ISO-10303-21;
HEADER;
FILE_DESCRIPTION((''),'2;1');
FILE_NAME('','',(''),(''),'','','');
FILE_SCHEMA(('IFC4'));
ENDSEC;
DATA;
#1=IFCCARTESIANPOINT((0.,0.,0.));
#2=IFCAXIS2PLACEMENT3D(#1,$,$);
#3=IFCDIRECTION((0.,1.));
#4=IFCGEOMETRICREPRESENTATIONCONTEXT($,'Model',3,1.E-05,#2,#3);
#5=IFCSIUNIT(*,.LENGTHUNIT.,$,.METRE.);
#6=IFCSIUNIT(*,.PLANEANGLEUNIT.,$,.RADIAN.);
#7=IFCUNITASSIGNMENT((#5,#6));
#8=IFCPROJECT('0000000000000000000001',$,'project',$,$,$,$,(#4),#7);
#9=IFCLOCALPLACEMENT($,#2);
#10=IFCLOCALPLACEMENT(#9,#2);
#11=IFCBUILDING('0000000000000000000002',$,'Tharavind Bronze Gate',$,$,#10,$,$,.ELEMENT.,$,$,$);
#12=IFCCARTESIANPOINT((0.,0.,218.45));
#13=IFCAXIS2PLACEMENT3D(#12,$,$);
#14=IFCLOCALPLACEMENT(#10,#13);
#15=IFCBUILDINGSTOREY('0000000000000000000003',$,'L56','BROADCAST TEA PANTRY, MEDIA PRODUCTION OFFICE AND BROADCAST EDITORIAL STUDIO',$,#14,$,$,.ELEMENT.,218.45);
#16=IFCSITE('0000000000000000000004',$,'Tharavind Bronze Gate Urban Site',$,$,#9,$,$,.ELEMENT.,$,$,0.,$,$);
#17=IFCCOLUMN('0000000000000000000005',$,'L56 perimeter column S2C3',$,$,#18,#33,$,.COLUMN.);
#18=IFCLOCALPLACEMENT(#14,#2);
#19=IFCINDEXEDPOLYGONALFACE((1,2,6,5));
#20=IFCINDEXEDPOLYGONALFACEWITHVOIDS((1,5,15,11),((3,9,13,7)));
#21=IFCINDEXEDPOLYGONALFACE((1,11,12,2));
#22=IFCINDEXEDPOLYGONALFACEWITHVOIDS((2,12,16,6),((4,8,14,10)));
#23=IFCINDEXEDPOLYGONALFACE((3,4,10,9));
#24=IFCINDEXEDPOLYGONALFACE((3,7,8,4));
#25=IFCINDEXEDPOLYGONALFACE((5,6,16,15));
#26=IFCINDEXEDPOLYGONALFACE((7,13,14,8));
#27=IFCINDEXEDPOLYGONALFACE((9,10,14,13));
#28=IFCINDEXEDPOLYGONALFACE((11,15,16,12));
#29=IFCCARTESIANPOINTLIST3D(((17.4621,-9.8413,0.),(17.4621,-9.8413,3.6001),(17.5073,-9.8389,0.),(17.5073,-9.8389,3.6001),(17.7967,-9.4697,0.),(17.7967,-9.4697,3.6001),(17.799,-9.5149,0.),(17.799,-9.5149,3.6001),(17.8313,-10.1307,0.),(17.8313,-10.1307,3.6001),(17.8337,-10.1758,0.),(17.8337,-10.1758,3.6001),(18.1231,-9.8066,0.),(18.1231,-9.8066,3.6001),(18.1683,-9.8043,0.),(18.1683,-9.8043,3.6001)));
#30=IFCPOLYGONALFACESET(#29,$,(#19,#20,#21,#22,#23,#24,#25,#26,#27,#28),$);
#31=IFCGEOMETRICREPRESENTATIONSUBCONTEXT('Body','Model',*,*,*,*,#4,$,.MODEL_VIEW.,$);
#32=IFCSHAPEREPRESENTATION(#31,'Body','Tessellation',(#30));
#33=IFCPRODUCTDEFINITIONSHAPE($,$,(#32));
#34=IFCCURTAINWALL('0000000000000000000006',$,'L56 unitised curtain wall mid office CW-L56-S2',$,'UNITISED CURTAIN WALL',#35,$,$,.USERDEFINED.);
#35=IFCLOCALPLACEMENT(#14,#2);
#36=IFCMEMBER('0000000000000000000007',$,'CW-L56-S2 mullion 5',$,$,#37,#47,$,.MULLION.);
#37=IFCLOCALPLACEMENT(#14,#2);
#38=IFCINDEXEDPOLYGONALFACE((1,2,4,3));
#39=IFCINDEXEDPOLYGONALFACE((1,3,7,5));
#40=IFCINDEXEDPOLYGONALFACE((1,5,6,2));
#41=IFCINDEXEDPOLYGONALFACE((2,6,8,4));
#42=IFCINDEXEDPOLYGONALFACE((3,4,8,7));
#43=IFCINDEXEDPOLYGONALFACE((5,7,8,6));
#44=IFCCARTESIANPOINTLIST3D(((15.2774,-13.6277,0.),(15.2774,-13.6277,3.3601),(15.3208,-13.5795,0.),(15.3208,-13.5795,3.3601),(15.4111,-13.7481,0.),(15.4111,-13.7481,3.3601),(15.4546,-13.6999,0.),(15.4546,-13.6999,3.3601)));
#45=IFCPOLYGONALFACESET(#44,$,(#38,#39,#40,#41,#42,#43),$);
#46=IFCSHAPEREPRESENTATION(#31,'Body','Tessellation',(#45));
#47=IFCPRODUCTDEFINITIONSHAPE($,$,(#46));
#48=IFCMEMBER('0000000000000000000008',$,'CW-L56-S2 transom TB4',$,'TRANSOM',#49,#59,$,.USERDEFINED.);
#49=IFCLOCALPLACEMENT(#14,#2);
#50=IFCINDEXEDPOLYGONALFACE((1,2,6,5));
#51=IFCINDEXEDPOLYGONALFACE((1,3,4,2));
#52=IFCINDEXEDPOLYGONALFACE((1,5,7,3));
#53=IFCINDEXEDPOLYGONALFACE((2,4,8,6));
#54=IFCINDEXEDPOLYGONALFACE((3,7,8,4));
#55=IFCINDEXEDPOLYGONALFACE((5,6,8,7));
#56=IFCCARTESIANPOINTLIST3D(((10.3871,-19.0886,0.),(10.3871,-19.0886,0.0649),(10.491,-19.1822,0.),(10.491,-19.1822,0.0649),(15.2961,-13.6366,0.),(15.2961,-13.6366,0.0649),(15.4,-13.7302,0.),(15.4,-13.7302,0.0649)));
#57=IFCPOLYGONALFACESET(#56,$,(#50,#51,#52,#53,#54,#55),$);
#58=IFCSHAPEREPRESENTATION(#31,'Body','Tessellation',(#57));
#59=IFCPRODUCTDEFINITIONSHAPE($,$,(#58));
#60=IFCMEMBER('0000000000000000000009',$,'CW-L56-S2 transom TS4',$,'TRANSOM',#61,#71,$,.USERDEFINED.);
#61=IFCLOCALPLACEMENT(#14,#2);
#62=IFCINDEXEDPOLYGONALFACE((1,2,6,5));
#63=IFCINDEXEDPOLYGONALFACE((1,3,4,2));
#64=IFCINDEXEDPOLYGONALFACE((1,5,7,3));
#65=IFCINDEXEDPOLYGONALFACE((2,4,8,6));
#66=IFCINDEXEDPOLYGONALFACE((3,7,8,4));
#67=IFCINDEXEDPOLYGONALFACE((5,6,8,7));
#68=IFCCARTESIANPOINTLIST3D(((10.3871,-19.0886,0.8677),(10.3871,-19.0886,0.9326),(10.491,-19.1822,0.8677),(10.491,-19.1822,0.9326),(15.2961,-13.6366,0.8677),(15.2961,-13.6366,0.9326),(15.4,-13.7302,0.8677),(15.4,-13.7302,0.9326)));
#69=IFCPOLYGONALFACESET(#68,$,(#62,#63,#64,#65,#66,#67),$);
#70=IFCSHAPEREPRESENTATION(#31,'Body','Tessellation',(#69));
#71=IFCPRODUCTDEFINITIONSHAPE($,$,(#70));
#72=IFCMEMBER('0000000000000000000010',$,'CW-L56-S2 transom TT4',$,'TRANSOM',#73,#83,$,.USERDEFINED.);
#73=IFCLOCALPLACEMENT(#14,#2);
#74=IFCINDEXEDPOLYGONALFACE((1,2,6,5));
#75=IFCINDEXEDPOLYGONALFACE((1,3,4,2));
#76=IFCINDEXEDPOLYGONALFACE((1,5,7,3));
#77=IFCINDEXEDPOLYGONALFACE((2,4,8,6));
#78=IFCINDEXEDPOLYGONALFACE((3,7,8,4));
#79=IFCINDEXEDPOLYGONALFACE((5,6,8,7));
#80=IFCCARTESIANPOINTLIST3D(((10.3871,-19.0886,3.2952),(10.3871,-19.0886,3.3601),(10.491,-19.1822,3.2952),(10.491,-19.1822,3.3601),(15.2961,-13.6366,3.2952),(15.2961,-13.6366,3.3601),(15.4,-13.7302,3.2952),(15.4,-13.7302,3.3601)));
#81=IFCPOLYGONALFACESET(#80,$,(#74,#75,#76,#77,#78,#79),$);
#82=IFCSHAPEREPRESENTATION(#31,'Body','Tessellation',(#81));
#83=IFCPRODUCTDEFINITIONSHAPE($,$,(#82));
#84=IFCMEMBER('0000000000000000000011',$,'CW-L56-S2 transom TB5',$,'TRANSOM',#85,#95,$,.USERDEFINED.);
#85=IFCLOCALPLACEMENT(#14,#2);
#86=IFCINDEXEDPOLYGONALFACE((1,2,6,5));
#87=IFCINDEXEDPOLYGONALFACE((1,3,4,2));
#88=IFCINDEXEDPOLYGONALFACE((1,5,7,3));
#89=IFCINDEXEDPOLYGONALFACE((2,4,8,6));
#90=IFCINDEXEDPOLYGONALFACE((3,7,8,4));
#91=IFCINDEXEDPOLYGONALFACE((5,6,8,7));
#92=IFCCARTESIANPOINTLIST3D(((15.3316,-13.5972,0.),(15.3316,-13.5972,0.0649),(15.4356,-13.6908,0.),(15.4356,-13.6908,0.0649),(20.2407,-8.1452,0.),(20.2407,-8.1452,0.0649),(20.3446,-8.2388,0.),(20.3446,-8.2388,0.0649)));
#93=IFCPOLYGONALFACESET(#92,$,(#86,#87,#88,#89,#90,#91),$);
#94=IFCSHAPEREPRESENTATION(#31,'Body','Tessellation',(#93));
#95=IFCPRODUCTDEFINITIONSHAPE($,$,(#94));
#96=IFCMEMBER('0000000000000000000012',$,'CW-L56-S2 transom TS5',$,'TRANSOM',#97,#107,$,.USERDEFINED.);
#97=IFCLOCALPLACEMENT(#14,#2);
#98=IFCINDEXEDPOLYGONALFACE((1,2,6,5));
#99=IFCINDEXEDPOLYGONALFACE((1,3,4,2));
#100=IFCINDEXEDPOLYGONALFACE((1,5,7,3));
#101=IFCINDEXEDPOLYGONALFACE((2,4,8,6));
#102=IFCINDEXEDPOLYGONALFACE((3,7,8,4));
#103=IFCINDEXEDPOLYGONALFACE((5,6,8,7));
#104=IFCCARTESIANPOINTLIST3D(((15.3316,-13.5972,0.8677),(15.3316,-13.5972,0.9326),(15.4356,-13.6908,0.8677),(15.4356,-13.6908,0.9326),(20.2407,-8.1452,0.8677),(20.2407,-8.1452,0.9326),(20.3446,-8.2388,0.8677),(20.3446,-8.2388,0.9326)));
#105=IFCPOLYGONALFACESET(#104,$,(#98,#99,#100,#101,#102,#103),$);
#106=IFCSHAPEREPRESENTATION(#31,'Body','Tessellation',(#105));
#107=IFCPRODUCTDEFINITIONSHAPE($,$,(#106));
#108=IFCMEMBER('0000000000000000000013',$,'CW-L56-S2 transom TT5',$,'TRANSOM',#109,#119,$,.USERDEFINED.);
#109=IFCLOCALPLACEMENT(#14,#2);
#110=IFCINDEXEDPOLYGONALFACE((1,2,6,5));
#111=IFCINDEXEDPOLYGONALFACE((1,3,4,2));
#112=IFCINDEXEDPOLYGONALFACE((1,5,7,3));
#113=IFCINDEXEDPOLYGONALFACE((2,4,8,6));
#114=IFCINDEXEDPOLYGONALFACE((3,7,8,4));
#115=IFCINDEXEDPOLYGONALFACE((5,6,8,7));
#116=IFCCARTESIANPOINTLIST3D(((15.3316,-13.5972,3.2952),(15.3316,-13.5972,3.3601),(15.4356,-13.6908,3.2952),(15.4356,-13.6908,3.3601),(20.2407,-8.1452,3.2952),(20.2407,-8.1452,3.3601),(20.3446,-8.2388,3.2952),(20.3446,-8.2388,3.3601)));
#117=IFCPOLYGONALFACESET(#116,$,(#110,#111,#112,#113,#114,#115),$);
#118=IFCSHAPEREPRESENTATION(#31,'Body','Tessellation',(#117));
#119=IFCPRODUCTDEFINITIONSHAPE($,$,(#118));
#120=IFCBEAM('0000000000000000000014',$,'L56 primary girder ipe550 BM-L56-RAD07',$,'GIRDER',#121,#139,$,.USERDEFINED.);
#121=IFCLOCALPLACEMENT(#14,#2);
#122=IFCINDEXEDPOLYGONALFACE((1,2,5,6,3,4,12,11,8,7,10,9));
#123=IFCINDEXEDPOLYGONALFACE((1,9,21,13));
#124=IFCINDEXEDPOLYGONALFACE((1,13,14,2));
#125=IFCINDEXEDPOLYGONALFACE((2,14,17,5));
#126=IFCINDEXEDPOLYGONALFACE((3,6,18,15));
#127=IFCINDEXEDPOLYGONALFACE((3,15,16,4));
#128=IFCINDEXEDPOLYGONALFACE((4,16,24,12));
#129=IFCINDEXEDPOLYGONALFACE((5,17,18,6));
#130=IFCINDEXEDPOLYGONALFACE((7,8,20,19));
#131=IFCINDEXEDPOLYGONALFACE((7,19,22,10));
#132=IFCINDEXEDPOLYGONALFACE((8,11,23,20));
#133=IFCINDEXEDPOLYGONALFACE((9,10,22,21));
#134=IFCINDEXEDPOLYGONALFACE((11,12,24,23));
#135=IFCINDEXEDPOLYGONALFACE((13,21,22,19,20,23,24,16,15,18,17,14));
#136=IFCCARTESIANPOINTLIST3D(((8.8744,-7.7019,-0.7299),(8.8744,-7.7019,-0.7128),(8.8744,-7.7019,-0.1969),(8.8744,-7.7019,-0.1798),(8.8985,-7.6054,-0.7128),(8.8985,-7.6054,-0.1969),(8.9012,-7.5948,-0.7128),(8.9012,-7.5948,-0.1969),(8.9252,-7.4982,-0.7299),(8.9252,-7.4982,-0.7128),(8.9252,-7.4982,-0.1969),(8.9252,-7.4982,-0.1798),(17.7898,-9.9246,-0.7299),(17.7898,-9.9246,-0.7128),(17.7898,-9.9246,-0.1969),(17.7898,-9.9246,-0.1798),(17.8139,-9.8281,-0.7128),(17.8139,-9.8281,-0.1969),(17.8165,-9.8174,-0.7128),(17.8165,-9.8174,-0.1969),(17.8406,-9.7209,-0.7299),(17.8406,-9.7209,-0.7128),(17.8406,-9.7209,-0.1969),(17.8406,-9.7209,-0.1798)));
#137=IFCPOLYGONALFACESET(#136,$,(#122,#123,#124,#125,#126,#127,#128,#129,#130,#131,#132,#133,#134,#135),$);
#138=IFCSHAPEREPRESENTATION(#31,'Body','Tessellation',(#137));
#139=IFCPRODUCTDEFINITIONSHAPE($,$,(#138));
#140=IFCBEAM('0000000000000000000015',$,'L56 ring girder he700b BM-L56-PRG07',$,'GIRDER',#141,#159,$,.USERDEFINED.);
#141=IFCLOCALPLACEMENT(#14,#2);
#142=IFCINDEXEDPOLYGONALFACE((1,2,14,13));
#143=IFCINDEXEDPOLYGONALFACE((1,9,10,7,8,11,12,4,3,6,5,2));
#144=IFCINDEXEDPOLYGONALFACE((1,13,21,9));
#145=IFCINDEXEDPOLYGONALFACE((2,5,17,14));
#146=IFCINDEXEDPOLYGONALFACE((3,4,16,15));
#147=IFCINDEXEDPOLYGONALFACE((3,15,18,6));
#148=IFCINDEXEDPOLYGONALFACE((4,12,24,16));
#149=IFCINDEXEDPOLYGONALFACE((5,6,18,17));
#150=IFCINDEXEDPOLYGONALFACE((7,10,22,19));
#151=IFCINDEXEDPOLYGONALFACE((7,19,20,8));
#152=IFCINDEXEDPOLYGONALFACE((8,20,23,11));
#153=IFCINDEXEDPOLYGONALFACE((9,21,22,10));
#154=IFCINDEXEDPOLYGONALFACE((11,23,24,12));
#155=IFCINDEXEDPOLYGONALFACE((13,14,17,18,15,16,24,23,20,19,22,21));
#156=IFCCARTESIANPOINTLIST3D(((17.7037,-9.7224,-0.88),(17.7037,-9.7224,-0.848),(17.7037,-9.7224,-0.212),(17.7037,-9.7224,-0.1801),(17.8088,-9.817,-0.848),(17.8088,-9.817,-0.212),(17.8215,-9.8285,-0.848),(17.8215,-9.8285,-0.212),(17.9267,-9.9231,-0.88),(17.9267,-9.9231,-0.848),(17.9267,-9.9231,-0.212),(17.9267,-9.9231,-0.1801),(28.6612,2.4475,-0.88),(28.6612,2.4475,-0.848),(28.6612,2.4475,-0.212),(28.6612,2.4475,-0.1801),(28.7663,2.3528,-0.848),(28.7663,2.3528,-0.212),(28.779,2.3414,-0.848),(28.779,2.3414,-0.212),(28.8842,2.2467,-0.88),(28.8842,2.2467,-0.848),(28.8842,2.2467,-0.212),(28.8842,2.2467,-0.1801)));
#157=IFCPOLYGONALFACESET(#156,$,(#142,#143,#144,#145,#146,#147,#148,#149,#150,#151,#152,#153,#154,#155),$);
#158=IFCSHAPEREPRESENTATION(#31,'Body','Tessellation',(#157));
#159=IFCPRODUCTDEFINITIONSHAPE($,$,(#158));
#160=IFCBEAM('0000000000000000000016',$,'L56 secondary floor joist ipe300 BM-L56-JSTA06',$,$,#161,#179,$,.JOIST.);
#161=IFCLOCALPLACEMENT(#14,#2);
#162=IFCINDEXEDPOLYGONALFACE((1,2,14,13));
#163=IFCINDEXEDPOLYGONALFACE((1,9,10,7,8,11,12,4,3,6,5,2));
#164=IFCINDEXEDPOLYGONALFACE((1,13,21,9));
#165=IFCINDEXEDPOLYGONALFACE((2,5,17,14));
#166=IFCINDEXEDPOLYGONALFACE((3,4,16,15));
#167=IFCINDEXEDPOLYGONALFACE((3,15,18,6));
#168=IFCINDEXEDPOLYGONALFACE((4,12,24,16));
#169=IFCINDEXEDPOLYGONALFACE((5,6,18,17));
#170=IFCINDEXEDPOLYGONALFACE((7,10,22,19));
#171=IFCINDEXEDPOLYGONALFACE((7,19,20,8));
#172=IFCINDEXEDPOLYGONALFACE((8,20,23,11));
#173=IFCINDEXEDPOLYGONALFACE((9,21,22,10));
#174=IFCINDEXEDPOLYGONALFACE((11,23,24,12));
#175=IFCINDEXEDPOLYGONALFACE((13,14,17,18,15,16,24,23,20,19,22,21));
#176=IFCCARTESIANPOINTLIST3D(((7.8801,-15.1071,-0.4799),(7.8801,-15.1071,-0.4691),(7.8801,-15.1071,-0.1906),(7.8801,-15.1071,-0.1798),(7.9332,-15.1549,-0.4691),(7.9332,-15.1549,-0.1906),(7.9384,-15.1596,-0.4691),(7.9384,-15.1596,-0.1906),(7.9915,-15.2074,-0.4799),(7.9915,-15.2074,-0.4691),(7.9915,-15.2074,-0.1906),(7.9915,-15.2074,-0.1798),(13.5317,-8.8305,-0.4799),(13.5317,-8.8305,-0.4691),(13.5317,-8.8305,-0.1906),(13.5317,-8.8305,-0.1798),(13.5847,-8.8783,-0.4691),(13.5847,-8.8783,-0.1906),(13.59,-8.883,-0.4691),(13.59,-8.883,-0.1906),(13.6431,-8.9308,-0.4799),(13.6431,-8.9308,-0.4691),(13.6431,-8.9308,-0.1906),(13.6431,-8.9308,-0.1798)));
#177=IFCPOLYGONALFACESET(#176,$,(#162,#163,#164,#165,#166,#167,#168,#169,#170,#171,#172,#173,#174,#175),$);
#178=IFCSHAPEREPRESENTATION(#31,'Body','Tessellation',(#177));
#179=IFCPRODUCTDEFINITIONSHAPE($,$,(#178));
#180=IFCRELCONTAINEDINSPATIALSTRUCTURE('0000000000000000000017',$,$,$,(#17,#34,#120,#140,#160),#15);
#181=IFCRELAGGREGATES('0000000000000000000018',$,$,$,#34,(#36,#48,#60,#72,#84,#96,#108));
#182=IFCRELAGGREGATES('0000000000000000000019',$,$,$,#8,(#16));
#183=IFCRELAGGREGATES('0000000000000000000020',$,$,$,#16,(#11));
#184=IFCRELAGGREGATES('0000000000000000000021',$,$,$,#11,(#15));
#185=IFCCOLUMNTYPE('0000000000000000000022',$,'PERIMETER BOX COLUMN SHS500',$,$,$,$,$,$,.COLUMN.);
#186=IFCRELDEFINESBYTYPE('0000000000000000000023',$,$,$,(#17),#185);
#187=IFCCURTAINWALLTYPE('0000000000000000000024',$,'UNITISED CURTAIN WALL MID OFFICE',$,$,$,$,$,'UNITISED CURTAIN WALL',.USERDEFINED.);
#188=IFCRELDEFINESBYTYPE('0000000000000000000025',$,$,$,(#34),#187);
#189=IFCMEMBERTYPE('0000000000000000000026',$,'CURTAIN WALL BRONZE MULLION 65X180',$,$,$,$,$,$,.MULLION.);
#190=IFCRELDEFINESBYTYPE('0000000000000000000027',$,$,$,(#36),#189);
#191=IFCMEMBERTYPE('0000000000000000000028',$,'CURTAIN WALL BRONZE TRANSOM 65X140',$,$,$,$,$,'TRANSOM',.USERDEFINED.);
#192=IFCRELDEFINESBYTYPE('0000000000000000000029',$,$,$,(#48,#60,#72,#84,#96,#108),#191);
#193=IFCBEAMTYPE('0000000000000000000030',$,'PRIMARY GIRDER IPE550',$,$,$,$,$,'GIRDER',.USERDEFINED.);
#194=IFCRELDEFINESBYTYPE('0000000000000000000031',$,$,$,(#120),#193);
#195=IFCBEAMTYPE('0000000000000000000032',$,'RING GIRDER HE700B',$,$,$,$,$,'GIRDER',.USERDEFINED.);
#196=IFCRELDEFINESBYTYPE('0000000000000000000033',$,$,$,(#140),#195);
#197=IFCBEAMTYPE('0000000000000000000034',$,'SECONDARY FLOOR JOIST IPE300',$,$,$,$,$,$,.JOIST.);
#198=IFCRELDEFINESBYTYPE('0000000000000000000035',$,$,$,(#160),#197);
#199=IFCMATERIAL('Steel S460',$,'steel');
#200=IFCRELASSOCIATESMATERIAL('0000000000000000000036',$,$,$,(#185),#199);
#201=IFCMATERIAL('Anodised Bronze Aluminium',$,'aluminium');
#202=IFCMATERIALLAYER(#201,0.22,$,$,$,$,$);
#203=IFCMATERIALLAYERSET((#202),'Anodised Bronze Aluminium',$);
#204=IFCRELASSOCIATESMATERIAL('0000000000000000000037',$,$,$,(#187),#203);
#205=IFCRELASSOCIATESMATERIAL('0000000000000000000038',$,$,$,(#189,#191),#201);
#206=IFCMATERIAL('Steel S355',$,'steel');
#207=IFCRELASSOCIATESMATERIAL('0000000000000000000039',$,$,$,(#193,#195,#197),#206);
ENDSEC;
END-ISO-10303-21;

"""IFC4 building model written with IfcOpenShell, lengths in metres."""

from ifc_helpers import new_model, si_unit, direction, frame, origin, origin_2d, place, context, subcontext, project, spatial, rectangle, hollow_rectangle, i_section, extrude, material, layer, layer_set, material_profile, profile_set, type_object, element, aggregate, save


model = new_model("IFC4")

# Units and contexts
model_context = context("Model", 3, precision=1e-05, world=origin(), true_north=direction((0.0, 1.0)))
body_context = subcontext(model_context, "Body", "Model", "MODEL_VIEW")
ifc_project = project(units=[si_unit("LENGTHUNIT", "METRE"), si_unit("PLANEANGLEUNIT", "RADIAN")], contexts=[model_context])

# Site, building, storey
site_placement = place(None, origin())
site = spatial("IfcSite", under=ifc_project, at=site_placement, Name="Tharavind Bronze Gate Urban Site", CompositionType="ELEMENT", RefElevation=0.0)
building_placement = place(site_placement, origin())
building = spatial("IfcBuilding", under=site, at=building_placement, Name="Tharavind Bronze Gate", CompositionType="ELEMENT")
storey_placement = place(building_placement, frame((0.0, 0.0, 218.45)))
storey = spatial("IfcBuildingStorey", under=building, at=storey_placement, Name="L56", Description="BROADCAST TEA PANTRY, MEDIA PRODUCTION OFFICE AND BROADCAST EDITORIAL STUDIO", CompositionType="ELEMENT", Elevation=218.45)

# Column
ifc_material_1 = material(Name="Steel S460", Category="steel")
ifc_material_profile_1 = material_profile(ifc_material_1, hollow_rectangle(XDim=0.5, YDim=0.5, WallThickness=0.032, at=origin_2d()), Name="SHS500X32")
ifc_profile_set_1 = profile_set([ifc_material_profile_1], Name="Steel S460")
column_type = type_object("IfcColumnType", Name="PERIMETER BOX COLUMN SHS500", PredefinedType="COLUMN", material=ifc_profile_set_1)
column_placement = place(storey_placement, frame((17.8152, -9.8228, 0.0), z_axis=(0.0, 0.0, 1.0), x_axis=(0.669131, 0.743145, 0.0)))
element("IfcColumn", 1, at=column_placement, inside=storey, type_object=column_type, Name="L56 perimeter column S2C3", PredefinedType="COLUMN", context=body_context, shape_type="SweptSolid", body=[
    extrude(hollow_rectangle(XDim=0.5, YDim=0.5, WallThickness=0.032, at=origin_2d()), origin(), (0.0, 0.0, 1.0), 3.6001),
])

# Curtain wall, members
ifc_material_2 = material(Name="Anodised Bronze Aluminium", Category="aluminium")
ifc_layer_1 = layer(ifc_material_2, 0.22)
ifc_layer_set_1 = layer_set([ifc_layer_1], Name="Anodised Bronze Aluminium")
curtain_wall_type = type_object("IfcCurtainWallType", Name="UNITISED CURTAIN WALL MID OFFICE", ElementType="UNITISED CURTAIN WALL", PredefinedType="USERDEFINED", material=ifc_layer_set_1)
curtain_wall_placement = place(storey_placement, origin())
curtain_wall = element("IfcCurtainWall", 2, at=curtain_wall_placement, inside=storey, type_object=curtain_wall_type, Name="L56 unitised curtain wall mid office CW-L56-S2", ObjectType="UNITISED CURTAIN WALL", PredefinedType="USERDEFINED")
member_type_1 = type_object("IfcMemberType", Name="CURTAIN WALL BRONZE MULLION 65X180", PredefinedType="MULLION", material=ifc_material_2)
member_1_placement = place(storey_placement, frame((15.366, -13.6638, 0.0), z_axis=(0.0, 0.0, 1.0), x_axis=(0.669131, 0.743145, 0.0)))
member_1 = element("IfcMember", 3, at=member_1_placement, type_object=member_type_1, Name="CW-L56-S2 mullion 5", PredefinedType="MULLION", context=body_context, shape_type="SweptSolid", body=[
    extrude(rectangle(XDim=0.0649, YDim=0.1799, at=origin_2d()), origin(), (0.0, 0.0, 1.0), 3.3601),
])
member_type_2 = type_object("IfcMemberType", Name="CURTAIN WALL BRONZE TRANSOM 65X140", ElementType="TRANSOM", PredefinedType="USERDEFINED", material=ifc_material_2)
member_2_placement = place(storey_placement, frame((12.8936, -16.4094, 0.0), z_axis=(0.0, 0.0, 1.0), x_axis=(0.669131, 0.743145, 0.0)))
member_2 = element("IfcMember", 4, at=member_2_placement, type_object=member_type_2, Name="CW-L56-S2 transom TB4", ObjectType="TRANSOM", PredefinedType="USERDEFINED", context=body_context, shape_type="SweptSolid", body=[
    extrude(rectangle(XDim=7.3364, YDim=0.1399, at=origin_2d()), origin(), (0.0, 0.0, 1.0), 0.0649),
])
member_3_placement = place(storey_placement, frame((12.8936, -16.4094, 0.8677), z_axis=(0.0, 0.0, 1.0), x_axis=(0.669131, 0.743145, 0.0)))
member_3 = element("IfcMember", 5, at=member_3_placement, type_object=member_type_2, Name="CW-L56-S2 transom TS4", ObjectType="TRANSOM", PredefinedType="USERDEFINED", context=body_context, shape_type="SweptSolid", body=[
    extrude(rectangle(XDim=7.3364, YDim=0.1399, at=origin_2d()), origin(), (0.0, 0.0, 1.0), 0.0649),
])
member_4_placement = place(storey_placement, frame((12.8936, -16.4094, 3.2952), z_axis=(0.0, 0.0, 1.0), x_axis=(0.669131, 0.743145, 0.0)))
member_4 = element("IfcMember", 6, at=member_4_placement, type_object=member_type_2, Name="CW-L56-S2 transom TT4", ObjectType="TRANSOM", PredefinedType="USERDEFINED", context=body_context, shape_type="SweptSolid", body=[
    extrude(rectangle(XDim=7.3364, YDim=0.1399, at=origin_2d()), origin(), (0.0, 0.0, 1.0), 0.0649),
])
member_5_placement = place(storey_placement, frame((17.8381, -10.918, 0.0), z_axis=(0.0, 0.0, 1.0), x_axis=(0.669131, 0.743145, 0.0)))
member_5 = element("IfcMember", 7, at=member_5_placement, type_object=member_type_2, Name="CW-L56-S2 transom TB5", ObjectType="TRANSOM", PredefinedType="USERDEFINED", context=body_context, shape_type="SweptSolid", body=[
    extrude(rectangle(XDim=7.3364, YDim=0.1399, at=origin_2d()), origin(), (0.0, 0.0, 1.0), 0.0649),
])
member_6_placement = place(storey_placement, frame((17.8381, -10.918, 0.8677), z_axis=(0.0, 0.0, 1.0), x_axis=(0.669131, 0.743145, 0.0)))
member_6 = element("IfcMember", 8, at=member_6_placement, type_object=member_type_2, Name="CW-L56-S2 transom TS5", ObjectType="TRANSOM", PredefinedType="USERDEFINED", context=body_context, shape_type="SweptSolid", body=[
    extrude(rectangle(XDim=7.3364, YDim=0.1399, at=origin_2d()), origin(), (0.0, 0.0, 1.0), 0.0649),
])
member_7_placement = place(storey_placement, frame((17.8381, -10.918, 3.2952), z_axis=(0.0, 0.0, 1.0), x_axis=(0.669131, 0.743145, 0.0)))
member_7 = element("IfcMember", 9, at=member_7_placement, type_object=member_type_2, Name="CW-L56-S2 transom TT5", ObjectType="TRANSOM", PredefinedType="USERDEFINED", context=body_context, shape_type="SweptSolid", body=[
    extrude(rectangle(XDim=7.3364, YDim=0.1399, at=origin_2d()), origin(), (0.0, 0.0, 1.0), 0.0649),
])

# Beams
ifc_material_3 = material(Name="Steel S355", Category="steel")
ifc_material_profile_2 = material_profile(ifc_material_3, i_section(OverallWidth=0.21, OverallDepth=0.55, WebThickness=0.011, FlangeThickness=0.0171, at=origin_2d()), Name="IPE550")
ifc_profile_set_2 = profile_set([ifc_material_profile_2], Name="Steel S355")
beam_type_1 = type_object("IfcBeamType", Name="PRIMARY GIRDER IPE550", ElementType="GIRDER", PredefinedType="USERDEFINED", material=ifc_profile_set_2)
beam_1_placement = place(storey_placement, frame((17.8152, -9.8228, -0.4548), z_axis=(-0.9703, 0.241904, 0.0), x_axis=(-0.241904, -0.9703, 0.0)))
element("IfcBeam", 10, at=beam_1_placement, inside=storey, type_object=beam_type_1, Name="L56 primary girder ipe550 BM-L56-RAD07", ObjectType="GIRDER", PredefinedType="USERDEFINED", context=body_context, shape_type="SweptSolid", body=[
    extrude(i_section(OverallWidth=0.21, OverallDepth=0.55, WebThickness=0.011, FlangeThickness=0.0171, at=origin_2d()), origin(), (0.0, 0.0, 1.0), 9.1882),
])
ifc_material_profile_3 = material_profile(ifc_material_3, i_section(OverallWidth=0.3, OverallDepth=0.7, WebThickness=0.0171, FlangeThickness=0.032, at=origin_2d()), Name="HE700B")
ifc_profile_set_3 = profile_set([ifc_material_profile_3], Name="Steel S355")
beam_type_2 = type_object("IfcBeamType", Name="RING GIRDER HE700B", ElementType="GIRDER", PredefinedType="USERDEFINED", material=ifc_profile_set_3)
beam_2_placement = place(storey_placement, frame((17.8152, -9.8228, -0.53), z_axis=(0.66912, 0.743155, 0.0), x_axis=(-0.743155, 0.66912, 0.0)))
element("IfcBeam", 11, at=beam_2_placement, inside=storey, type_object=beam_type_2, Name="L56 ring girder he700b BM-L56-PRG07", ObjectType="GIRDER", PredefinedType="USERDEFINED", context=body_context, shape_type="SweptSolid", body=[
    extrude(i_section(OverallWidth=0.3, OverallDepth=0.7, WebThickness=0.0171, FlangeThickness=0.032, at=origin_2d()), origin(), (0.0, 0.0, 1.0), 16.376),
])
ifc_material_profile_4 = material_profile(ifc_material_3, i_section(OverallWidth=0.1499, OverallDepth=0.3, WebThickness=0.0071, FlangeThickness=0.0107, at=origin_2d()), Name="IPE300")
ifc_profile_set_4 = profile_set([ifc_material_profile_4], Name="Steel S355")
beam_type_3 = type_object("IfcBeamType", Name="SECONDARY FLOOR JOIST IPE300", PredefinedType="JOIST", material=ifc_profile_set_4)
beam_3_placement = place(storey_placement, frame((7.9358, -15.1572, -0.3298), z_axis=(0.669139, 0.743137, 0.0), x_axis=(-0.743137, 0.669139, 0.0)))
element("IfcBeam", 12, at=beam_3_placement, inside=storey, type_object=beam_type_3, Name="L56 secondary floor joist ipe300 BM-L56-JSTA06", PredefinedType="JOIST", context=body_context, shape_type="SweptSolid", body=[
    extrude(i_section(OverallWidth=0.1499, OverallDepth=0.3, WebThickness=0.0071, FlangeThickness=0.0107, at=origin_2d()), origin(), (0.0, 0.0, 1.0), 8.446),
])

aggregate(curtain_wall, [member_1, member_2, member_3, member_4, member_5, member_6, member_7])

save(model, "model.ifc")
